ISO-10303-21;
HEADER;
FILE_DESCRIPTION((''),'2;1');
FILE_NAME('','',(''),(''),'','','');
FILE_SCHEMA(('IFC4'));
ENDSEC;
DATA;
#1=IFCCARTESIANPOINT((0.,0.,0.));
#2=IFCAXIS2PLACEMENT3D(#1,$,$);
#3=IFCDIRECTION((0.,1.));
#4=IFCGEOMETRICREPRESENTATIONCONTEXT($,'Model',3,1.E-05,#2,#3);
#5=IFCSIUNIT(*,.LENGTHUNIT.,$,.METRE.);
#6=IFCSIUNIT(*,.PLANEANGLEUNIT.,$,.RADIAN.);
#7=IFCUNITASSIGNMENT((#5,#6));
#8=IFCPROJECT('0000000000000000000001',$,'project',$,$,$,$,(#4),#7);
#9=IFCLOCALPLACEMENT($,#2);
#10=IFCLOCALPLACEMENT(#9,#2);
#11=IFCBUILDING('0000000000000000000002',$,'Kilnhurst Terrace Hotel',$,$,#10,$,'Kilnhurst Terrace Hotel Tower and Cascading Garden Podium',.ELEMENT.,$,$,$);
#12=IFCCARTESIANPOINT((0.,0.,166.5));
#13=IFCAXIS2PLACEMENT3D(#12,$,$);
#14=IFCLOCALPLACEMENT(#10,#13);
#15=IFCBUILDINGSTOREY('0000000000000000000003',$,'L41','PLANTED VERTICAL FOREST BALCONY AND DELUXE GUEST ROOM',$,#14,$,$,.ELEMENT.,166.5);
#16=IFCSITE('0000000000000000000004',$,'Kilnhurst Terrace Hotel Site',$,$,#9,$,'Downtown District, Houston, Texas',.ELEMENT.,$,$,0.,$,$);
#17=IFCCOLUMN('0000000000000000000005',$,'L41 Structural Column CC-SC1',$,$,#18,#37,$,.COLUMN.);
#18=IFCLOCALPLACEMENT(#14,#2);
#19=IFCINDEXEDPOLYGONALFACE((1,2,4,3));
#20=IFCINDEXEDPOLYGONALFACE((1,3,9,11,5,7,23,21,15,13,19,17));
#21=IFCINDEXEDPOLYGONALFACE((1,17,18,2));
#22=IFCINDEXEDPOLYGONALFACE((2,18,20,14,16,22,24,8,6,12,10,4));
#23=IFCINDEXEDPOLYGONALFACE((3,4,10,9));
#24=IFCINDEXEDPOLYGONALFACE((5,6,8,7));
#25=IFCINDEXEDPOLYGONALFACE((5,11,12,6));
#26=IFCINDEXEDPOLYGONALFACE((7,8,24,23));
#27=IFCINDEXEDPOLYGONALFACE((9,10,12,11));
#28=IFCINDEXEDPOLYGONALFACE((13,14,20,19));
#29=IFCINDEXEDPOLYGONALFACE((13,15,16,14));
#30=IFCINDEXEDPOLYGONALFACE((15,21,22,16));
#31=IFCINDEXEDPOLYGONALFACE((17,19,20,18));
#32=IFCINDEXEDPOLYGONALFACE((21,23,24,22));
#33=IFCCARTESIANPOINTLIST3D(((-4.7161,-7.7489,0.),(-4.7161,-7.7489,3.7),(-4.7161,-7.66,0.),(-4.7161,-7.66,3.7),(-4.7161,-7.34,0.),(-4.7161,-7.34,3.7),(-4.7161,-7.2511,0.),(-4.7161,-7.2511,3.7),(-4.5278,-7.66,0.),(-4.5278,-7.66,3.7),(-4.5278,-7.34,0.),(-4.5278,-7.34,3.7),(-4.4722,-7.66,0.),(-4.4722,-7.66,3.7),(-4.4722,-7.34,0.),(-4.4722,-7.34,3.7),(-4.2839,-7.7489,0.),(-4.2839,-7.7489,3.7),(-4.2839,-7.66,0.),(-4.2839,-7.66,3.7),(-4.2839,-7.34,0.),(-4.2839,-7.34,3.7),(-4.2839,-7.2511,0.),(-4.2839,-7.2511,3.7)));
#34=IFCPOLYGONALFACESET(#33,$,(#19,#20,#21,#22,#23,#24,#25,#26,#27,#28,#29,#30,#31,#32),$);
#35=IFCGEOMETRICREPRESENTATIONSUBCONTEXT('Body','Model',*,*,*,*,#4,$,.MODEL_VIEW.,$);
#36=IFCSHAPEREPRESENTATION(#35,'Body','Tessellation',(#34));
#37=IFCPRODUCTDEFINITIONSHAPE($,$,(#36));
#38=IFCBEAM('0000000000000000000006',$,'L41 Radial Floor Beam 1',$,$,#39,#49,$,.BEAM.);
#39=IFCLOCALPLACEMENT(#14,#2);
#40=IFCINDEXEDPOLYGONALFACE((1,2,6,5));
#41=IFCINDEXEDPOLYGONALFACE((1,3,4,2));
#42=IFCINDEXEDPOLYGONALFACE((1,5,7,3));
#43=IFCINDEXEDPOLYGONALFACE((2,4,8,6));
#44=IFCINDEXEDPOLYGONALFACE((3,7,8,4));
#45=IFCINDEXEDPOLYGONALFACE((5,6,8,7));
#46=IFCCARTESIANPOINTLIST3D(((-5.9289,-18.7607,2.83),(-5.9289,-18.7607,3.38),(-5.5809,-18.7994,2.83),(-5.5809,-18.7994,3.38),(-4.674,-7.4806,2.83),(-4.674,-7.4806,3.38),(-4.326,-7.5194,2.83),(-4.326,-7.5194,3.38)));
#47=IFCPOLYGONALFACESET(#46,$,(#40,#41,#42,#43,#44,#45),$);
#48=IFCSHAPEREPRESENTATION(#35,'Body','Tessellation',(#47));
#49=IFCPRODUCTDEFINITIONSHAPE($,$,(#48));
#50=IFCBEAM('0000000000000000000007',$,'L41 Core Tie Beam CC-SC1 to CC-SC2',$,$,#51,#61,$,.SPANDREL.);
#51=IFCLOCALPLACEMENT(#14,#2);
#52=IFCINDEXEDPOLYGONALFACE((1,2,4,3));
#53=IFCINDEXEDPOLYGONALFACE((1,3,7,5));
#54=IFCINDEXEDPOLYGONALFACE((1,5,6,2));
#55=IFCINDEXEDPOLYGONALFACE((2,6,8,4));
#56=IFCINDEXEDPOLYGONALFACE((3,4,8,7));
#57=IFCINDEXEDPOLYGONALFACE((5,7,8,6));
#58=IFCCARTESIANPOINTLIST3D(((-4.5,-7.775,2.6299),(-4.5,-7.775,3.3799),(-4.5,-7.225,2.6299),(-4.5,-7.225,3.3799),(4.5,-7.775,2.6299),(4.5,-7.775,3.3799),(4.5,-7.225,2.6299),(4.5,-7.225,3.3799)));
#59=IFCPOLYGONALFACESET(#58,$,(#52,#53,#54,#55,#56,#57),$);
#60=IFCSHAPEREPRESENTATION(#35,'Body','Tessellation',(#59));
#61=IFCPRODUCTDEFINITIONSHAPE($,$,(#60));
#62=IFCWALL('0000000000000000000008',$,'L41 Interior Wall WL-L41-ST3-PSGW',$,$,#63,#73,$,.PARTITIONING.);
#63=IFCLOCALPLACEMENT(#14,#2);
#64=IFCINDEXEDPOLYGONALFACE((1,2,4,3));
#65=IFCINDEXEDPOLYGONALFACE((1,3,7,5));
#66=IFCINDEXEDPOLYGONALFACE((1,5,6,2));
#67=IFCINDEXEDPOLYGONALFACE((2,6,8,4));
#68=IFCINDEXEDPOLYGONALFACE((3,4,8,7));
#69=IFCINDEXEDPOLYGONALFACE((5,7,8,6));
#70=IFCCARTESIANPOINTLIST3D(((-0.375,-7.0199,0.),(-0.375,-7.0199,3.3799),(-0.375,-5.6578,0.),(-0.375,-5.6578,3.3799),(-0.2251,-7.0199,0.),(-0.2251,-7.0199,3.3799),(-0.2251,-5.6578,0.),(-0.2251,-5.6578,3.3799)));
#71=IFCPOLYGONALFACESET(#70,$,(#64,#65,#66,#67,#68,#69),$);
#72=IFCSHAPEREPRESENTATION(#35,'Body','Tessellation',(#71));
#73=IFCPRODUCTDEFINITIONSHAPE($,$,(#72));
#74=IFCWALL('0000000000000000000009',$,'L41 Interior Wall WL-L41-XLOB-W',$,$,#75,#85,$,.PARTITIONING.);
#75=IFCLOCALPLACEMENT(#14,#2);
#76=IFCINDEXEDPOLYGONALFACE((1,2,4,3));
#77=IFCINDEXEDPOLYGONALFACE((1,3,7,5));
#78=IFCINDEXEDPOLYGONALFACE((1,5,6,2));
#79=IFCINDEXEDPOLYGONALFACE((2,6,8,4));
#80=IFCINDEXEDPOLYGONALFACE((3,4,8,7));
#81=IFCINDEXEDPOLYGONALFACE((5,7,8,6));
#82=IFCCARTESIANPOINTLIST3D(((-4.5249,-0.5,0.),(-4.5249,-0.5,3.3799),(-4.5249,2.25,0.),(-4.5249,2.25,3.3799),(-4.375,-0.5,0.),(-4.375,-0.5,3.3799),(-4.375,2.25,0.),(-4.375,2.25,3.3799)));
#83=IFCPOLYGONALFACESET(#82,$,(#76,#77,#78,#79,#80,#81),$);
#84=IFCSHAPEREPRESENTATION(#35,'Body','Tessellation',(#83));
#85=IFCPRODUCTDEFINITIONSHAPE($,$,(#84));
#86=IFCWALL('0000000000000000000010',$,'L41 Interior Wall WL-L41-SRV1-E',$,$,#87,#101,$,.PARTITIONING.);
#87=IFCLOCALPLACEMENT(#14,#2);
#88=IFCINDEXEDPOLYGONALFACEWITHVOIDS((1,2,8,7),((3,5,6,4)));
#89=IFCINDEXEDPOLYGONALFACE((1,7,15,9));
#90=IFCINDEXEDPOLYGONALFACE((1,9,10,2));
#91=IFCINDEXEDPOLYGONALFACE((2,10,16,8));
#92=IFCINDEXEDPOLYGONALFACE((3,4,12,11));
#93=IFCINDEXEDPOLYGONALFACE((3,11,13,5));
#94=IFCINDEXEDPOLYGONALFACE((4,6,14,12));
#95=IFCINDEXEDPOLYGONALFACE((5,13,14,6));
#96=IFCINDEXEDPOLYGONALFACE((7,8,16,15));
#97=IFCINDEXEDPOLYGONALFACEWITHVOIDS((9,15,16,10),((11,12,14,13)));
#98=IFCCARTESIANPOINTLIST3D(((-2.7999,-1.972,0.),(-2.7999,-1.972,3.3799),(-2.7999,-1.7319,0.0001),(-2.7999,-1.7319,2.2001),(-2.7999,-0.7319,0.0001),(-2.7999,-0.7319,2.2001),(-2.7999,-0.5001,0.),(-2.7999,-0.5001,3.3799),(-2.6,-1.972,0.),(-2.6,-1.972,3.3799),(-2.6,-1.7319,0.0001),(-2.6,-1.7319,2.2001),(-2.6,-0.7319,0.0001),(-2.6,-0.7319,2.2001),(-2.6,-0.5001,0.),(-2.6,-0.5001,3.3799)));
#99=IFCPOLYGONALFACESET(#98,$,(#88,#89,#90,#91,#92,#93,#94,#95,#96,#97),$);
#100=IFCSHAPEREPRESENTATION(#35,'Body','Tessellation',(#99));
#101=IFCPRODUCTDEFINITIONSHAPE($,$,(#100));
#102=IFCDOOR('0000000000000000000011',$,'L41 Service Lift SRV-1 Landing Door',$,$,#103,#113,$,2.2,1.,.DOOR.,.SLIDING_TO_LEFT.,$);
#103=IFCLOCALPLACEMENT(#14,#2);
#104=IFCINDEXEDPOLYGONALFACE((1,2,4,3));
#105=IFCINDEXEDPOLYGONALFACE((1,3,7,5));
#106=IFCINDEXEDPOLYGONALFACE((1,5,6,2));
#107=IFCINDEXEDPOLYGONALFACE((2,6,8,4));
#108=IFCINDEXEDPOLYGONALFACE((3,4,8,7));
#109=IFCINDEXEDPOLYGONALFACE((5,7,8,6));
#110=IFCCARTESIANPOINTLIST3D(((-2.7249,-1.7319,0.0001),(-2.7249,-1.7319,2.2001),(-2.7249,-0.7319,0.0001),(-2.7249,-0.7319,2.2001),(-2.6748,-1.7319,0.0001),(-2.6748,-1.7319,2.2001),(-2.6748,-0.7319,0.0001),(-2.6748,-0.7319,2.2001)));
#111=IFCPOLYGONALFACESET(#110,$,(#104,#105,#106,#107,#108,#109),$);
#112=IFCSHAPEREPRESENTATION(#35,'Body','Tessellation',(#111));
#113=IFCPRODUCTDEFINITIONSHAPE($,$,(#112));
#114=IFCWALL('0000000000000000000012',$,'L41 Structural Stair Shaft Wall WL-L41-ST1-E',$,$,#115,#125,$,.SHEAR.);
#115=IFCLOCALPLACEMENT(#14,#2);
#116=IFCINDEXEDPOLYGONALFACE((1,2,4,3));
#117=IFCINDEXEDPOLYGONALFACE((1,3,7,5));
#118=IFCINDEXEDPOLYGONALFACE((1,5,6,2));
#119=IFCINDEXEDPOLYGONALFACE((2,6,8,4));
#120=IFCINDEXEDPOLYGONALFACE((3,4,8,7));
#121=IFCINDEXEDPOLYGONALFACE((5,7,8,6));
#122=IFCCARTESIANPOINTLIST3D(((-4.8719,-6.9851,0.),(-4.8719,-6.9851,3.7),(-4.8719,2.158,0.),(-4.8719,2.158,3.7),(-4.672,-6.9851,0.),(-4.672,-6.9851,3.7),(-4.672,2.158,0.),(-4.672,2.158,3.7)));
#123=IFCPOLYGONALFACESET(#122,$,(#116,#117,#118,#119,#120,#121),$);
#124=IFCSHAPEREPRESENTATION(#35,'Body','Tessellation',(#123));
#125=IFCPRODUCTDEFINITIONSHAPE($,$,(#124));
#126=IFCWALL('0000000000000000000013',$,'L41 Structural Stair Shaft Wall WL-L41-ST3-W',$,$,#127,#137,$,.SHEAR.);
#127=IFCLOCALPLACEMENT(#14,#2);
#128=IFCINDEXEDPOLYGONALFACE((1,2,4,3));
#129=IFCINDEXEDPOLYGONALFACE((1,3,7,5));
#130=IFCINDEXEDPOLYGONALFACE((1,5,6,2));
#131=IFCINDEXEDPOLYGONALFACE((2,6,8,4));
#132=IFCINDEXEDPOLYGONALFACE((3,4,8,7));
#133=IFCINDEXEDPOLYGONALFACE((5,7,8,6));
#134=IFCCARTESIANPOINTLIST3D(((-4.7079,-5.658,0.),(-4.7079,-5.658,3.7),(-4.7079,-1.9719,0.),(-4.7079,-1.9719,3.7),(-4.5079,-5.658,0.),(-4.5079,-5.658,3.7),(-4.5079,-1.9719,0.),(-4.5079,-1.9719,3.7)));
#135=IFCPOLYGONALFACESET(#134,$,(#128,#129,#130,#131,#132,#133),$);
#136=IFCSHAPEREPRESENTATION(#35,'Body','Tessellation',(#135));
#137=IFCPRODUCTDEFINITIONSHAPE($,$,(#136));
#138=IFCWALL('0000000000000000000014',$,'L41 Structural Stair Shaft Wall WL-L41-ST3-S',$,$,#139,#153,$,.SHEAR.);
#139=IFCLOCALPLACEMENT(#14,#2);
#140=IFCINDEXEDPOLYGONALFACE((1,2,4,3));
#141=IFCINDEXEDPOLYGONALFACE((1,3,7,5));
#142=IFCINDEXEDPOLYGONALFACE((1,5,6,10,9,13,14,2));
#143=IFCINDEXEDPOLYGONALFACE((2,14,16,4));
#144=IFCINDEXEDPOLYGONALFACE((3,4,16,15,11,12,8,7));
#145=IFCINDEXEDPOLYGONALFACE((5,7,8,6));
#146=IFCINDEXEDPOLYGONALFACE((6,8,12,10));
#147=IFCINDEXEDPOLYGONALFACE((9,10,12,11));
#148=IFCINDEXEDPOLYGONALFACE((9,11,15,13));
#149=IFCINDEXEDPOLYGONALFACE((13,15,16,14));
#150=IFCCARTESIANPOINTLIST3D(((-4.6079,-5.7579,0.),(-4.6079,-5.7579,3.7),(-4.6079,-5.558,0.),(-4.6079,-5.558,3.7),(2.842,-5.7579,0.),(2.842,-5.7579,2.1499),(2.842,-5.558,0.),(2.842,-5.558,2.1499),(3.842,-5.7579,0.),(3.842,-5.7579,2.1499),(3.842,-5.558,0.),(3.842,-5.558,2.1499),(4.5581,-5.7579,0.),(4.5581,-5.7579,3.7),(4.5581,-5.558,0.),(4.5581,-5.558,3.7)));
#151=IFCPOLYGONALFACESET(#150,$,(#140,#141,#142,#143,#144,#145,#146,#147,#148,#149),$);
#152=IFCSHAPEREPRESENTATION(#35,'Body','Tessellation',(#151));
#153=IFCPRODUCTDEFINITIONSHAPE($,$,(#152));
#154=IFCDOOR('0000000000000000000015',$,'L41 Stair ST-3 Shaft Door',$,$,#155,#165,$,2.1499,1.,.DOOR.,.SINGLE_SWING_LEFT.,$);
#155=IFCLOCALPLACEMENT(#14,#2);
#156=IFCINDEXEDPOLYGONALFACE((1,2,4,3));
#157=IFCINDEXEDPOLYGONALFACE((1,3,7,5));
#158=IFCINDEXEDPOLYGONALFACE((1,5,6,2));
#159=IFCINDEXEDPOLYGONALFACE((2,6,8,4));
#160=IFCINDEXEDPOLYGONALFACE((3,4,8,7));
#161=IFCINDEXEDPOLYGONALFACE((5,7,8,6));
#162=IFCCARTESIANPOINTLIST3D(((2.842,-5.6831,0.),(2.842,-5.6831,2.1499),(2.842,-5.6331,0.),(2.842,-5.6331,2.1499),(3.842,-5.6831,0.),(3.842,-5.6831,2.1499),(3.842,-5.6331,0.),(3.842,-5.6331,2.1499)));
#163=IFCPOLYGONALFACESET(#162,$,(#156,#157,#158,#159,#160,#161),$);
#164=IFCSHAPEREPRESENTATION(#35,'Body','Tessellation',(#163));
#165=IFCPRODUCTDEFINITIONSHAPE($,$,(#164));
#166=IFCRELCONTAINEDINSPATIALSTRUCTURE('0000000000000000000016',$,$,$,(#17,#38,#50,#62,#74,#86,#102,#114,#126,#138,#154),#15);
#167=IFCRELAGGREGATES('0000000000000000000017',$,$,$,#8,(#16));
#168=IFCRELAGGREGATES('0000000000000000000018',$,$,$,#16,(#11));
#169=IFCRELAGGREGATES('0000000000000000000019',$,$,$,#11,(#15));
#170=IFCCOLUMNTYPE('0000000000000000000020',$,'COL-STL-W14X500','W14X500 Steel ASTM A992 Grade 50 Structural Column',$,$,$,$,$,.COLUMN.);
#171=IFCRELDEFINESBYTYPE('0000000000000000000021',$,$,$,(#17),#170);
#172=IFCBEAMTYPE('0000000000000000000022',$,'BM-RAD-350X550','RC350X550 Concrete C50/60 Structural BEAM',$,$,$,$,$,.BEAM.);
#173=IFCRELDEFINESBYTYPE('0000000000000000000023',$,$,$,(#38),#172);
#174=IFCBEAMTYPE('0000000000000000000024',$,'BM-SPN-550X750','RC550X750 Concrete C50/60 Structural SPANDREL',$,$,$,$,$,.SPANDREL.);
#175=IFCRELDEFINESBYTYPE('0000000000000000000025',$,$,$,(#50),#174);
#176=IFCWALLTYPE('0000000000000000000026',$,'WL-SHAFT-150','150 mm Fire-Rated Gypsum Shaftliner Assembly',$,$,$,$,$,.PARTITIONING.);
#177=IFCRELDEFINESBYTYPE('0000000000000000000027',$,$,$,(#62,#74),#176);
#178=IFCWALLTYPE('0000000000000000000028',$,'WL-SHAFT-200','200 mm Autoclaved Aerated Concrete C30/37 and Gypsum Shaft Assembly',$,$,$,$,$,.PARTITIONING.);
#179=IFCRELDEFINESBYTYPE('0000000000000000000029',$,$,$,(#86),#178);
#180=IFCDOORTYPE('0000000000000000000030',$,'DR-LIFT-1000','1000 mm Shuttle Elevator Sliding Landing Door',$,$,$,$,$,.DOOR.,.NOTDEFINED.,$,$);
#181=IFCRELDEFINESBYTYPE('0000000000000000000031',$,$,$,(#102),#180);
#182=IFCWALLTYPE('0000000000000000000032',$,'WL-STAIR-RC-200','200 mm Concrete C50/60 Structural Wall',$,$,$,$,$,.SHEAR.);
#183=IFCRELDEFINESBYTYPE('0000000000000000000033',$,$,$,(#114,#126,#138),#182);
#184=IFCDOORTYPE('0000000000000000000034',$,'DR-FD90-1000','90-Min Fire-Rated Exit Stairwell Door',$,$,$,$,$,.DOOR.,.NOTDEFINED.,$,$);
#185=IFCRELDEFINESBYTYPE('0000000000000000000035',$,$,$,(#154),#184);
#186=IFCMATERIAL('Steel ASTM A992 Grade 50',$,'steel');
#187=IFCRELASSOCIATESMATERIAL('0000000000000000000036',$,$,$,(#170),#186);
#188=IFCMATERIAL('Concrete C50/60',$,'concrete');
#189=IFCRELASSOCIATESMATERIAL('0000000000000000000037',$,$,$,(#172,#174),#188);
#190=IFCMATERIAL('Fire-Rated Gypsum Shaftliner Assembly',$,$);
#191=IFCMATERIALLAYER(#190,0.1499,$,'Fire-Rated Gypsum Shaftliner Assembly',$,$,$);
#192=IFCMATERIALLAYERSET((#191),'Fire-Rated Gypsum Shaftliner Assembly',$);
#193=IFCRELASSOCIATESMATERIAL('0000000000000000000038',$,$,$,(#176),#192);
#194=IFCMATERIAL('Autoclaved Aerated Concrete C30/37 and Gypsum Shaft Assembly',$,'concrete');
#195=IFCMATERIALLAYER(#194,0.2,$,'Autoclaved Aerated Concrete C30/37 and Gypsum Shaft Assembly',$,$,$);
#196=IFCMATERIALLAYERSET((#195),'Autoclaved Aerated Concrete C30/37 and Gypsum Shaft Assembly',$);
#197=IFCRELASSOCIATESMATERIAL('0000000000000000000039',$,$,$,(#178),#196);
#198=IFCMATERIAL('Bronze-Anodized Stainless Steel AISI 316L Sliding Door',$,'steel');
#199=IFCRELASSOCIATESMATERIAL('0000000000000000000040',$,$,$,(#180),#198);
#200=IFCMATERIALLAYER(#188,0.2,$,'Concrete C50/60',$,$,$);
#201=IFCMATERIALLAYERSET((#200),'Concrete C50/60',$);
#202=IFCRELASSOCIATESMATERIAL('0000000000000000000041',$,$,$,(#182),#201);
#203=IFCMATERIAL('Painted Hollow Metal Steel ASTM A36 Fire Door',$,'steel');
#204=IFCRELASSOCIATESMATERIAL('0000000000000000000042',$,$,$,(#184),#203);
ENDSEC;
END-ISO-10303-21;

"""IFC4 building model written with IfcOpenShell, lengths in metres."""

from ifc_helpers import new_model, si_unit, direction, frame, frame_2d, origin, origin_2d, place, context, subcontext, project, spatial, rectangle, i_section, extrude, material, layer, layer_set, material_profile, profile_set, type_object, element, fill, save


model = new_model("IFC4")

# Units and contexts
model_context = context("Model", 3, precision=1e-05, world=origin(), true_north=direction((0.0, 1.0)))
body_context = subcontext(model_context, "Body", "Model", "MODEL_VIEW")
ifc_project = project(units=[si_unit("LENGTHUNIT", "METRE"), si_unit("PLANEANGLEUNIT", "RADIAN")], contexts=[model_context])

# Site, building, storey
site_placement = place(None, origin())
site = spatial("IfcSite", under=ifc_project, at=site_placement, Name="Kilnhurst Terrace Hotel Site", LongName="Downtown District, Houston, Texas", CompositionType="ELEMENT", RefElevation=0.0)
building_placement = place(site_placement, origin())
building = spatial("IfcBuilding", under=site, at=building_placement, Name="Kilnhurst Terrace Hotel", LongName="Kilnhurst Terrace Hotel Tower and Cascading Garden Podium", CompositionType="ELEMENT")
storey_placement = place(building_placement, frame((0.0, 0.0, 166.5)))
storey = spatial("IfcBuildingStorey", under=building, at=storey_placement, Name="L41", Description="PLANTED VERTICAL FOREST BALCONY AND DELUXE GUEST ROOM", CompositionType="ELEMENT", Elevation=166.5)

# Column
ifc_material_1 = material(Name="Steel ASTM A992 Grade 50", Category="steel")
ifc_material_profile_1 = material_profile(ifc_material_1, i_section(OverallWidth=0.4321, OverallDepth=0.4978, WebThickness=0.0557, FlangeThickness=0.0889, at=origin_2d()), Name="W14X500")
ifc_profile_set_1 = profile_set([ifc_material_profile_1], Name="Steel ASTM A992 Grade 50")
column_type = type_object("IfcColumnType", Name="COL-STL-W14X500", Description="W14X500 Steel ASTM A992 Grade 50 Structural Column", PredefinedType="COLUMN", material=ifc_profile_set_1)
column_placement = place(storey_placement, frame((-4.5, -7.5, 0.0), z_axis=(0.0, 0.0, 1.0), x_axis=(1.0, 0.0, 0.0)))
element("IfcColumn", 1, at=column_placement, inside=storey, type_object=column_type, Name="L41 Structural Column CC-SC1", PredefinedType="COLUMN", context=body_context, shape_type="SweptSolid", body=[
    extrude(i_section(OverallWidth=0.4321, OverallDepth=0.4978, WebThickness=0.0557, FlangeThickness=0.0889, at=origin_2d()), origin(), (0.0, 0.0, 1.0), 3.7),
])

# Beams
ifc_material_2 = material(Name="Concrete C50/60", Category="concrete")
ifc_material_profile_2 = material_profile(ifc_material_2, rectangle(XDim=0.3501, YDim=0.55, at=origin_2d()), Name="RC350X550")
ifc_profile_set_2 = profile_set([ifc_material_profile_2], Name="Concrete C50/60")
beam_type_1 = type_object("IfcBeamType", Name="BM-RAD-350X550", Description="RC350X550 Concrete C50/60 Structural BEAM", PredefinedType="BEAM", material=ifc_profile_set_2)
beam_1_placement = place(storey_placement, frame((-4.5, -7.5, 3.105), z_axis=(-0.110566, -0.993869, 0.0), x_axis=(0.993869, -0.110566, 0.0)))
element("IfcBeam", 2, at=beam_1_placement, inside=storey, type_object=beam_type_1, Name="L41 Radial Floor Beam 1", PredefinedType="BEAM", context=body_context, shape_type="SweptSolid", body=[
    extrude(rectangle(XDim=0.3501, YDim=0.55, at=origin_2d()), origin(), (0.0, 0.0, 1.0), 11.3496),
])
ifc_material_profile_3 = material_profile(ifc_material_2, rectangle(XDim=0.55, YDim=0.75, at=origin_2d()), Name="RC550X750")
ifc_profile_set_3 = profile_set([ifc_material_profile_3], Name="Concrete C50/60")
beam_type_2 = type_object("IfcBeamType", Name="BM-SPN-550X750", Description="RC550X750 Concrete C50/60 Structural SPANDREL", PredefinedType="SPANDREL", material=ifc_profile_set_3)
beam_2_placement = place(storey_placement, frame((-4.5, -7.5, 3.0049), z_axis=(1.0, 0.0, 0.0), x_axis=(0.0, 1.0, 0.0)))
element("IfcBeam", 3, at=beam_2_placement, inside=storey, type_object=beam_type_2, Name="L41 Core Tie Beam CC-SC1 to CC-SC2", PredefinedType="SPANDREL", context=body_context, shape_type="SweptSolid", body=[
    extrude(rectangle(XDim=0.55, YDim=0.75, at=origin_2d()), origin(), (0.0, 0.0, 1.0), 9.0),
])

# Walls
ifc_material_3 = material(Name="Fire-Rated Gypsum Shaftliner Assembly")
ifc_layer_1 = layer(ifc_material_3, 0.1499, Name="Fire-Rated Gypsum Shaftliner Assembly")
ifc_layer_set_1 = layer_set([ifc_layer_1], Name="Fire-Rated Gypsum Shaftliner Assembly")
wall_type_1 = type_object("IfcWallType", Name="WL-SHAFT-150", Description="150 mm Fire-Rated Gypsum Shaftliner Assembly", PredefinedType="PARTITIONING", material=ifc_layer_set_1)
wall_1_placement = place(storey_placement, frame((-0.3, -7.02, 0.0), z_axis=(0.0, 0.0, 1.0), x_axis=(0.0, 1.0, 0.0)))
element("IfcWall", 4, at=wall_1_placement, inside=storey, type_object=wall_type_1, Name="L41 Interior Wall WL-L41-ST3-PSGW", PredefinedType="PARTITIONING", context=body_context, shape_type="SweptSolid", body=[
    extrude(rectangle(XDim=1.3621, YDim=0.1499, at=frame_2d((0.6812, 0.0))), origin(), (0.0, 0.0, 1.0), 3.3799),
])
wall_2_placement = place(storey_placement, frame((-4.45, -0.5, 0.0), z_axis=(0.0, 0.0, 1.0), x_axis=(0.0, 1.0, 0.0)))
element("IfcWall", 5, at=wall_2_placement, inside=storey, type_object=wall_type_1, Name="L41 Interior Wall WL-L41-XLOB-W", PredefinedType="PARTITIONING", context=body_context, shape_type="SweptSolid", body=[
    extrude(rectangle(XDim=2.75, YDim=0.1499, at=frame_2d((1.375, 0.0))), origin(), (0.0, 0.0, 1.0), 3.3799),
])

# Wall, opening, door
ifc_material_4 = material(Name="Autoclaved Aerated Concrete C30/37 and Gypsum Shaft Assembly", Category="concrete")
ifc_layer_2 = layer(ifc_material_4, 0.2, Name="Autoclaved Aerated Concrete C30/37 and Gypsum Shaft Assembly")
ifc_layer_set_2 = layer_set([ifc_layer_2], Name="Autoclaved Aerated Concrete C30/37 and Gypsum Shaft Assembly")
wall_type_2 = type_object("IfcWallType", Name="WL-SHAFT-200", Description="200 mm Autoclaved Aerated Concrete C30/37 and Gypsum Shaft Assembly", PredefinedType="PARTITIONING", material=ifc_layer_set_2)
wall_3_placement = place(storey_placement, frame((-2.7, -1.9719, 0.0), z_axis=(0.0, 0.0, 1.0), x_axis=(0.0, 1.0, 0.0)))
wall_3 = element("IfcWall", 6, at=wall_3_placement, inside=storey, type_object=wall_type_2, Name="L41 Interior Wall WL-L41-SRV1-E", PredefinedType="PARTITIONING", context=body_context, shape_type="SweptSolid", body=[
    extrude(rectangle(XDim=1.4719, YDim=0.2, at=frame_2d((0.7358, 0.0))), origin(), (0.0, 0.0, 1.0), 3.3799),
])
opening_1_placement = place(wall_3_placement, frame((0.24, 0.0, 0.0)))
opening_1 = element("IfcOpeningElement", 7, at=opening_1_placement, cuts=wall_3, PredefinedType="OPENING", context=body_context, shape_type="SweptSolid", body=[
    extrude(rectangle(XDim=1.0, YDim=2.2, at=frame_2d((0.5, 1.1001))), frame((0.0, 0.1099, 0.0), z_axis=(0.0, -1.0, 0.0), x_axis=(1.0, 0.0, 0.0)), (0.0, 0.0, 1.0), 0.22),
])
ifc_material_5 = material(Name="Bronze-Anodized Stainless Steel AISI 316L Sliding Door", Category="steel")
door_type_1 = type_object("IfcDoorType", Name="DR-LIFT-1000", Description="1000 mm Shuttle Elevator Sliding Landing Door", OperationType="NOTDEFINED", PredefinedType="DOOR", material=ifc_material_5)
door_1_placement = place(opening_1_placement, origin())
door_1 = element("IfcDoor", 8, at=door_1_placement, inside=storey, type_object=door_type_1, Name="L41 Service Lift SRV-1 Landing Door", OperationType="SLIDING_TO_LEFT", OverallHeight=2.2, OverallWidth=1.0, PredefinedType="DOOR", context=body_context, shape_type="SweptSolid", body=[
    extrude(rectangle(XDim=1.0, YDim=2.2, at=frame_2d((0.5, 1.1001))), frame((0.0, 0.0249, 0.0), z_axis=(0.0, -1.0, 0.0), x_axis=(1.0, 0.0, 0.0)), (0.0, 0.0, 1.0), 0.05),
])
fill(opening_1, door_1)

# Walls
ifc_layer_3 = layer(ifc_material_2, 0.2, Name="Concrete C50/60")
ifc_layer_set_3 = layer_set([ifc_layer_3], Name="Concrete C50/60")
wall_type_3 = type_object("IfcWallType", Name="WL-STAIR-RC-200", Description="200 mm Concrete C50/60 Structural Wall", PredefinedType="SHEAR", material=ifc_layer_set_3)
wall_4_placement = place(storey_placement, frame((-4.772, -6.9851, 0.0), z_axis=(0.0, 0.0, 1.0), x_axis=(0.0, 1.0, 0.0)))
element("IfcWall", 9, at=wall_4_placement, inside=storey, type_object=wall_type_3, Name="L41 Structural Stair Shaft Wall WL-L41-ST1-E", PredefinedType="SHEAR", context=body_context, shape_type="SweptSolid", body=[
    extrude(rectangle(XDim=9.1431, YDim=0.2, at=frame_2d((4.5715, 0.0))), origin(), (0.0, 0.0, 1.0), 3.7),
])
wall_5_placement = place(storey_placement, frame((-4.6079, -5.658, 0.0), z_axis=(0.0, 0.0, 1.0), x_axis=(0.0, 1.0, 0.0)))
element("IfcWall", 10, at=wall_5_placement, inside=storey, type_object=wall_type_3, Name="L41 Structural Stair Shaft Wall WL-L41-ST3-W", PredefinedType="SHEAR", context=body_context, shape_type="SweptSolid", body=[
    extrude(rectangle(XDim=3.686, YDim=0.2, at=frame_2d((1.843, 0.0))), origin(), (0.0, 0.0, 1.0), 3.7),
])

# Wall, opening, door
wall_6_placement = place(storey_placement, frame((-4.6079, -5.658, 0.0), z_axis=(0.0, 0.0, 1.0), x_axis=(1.0, 0.0, 0.0)))
wall_6 = element("IfcWall", 11, at=wall_6_placement, inside=storey, type_object=wall_type_3, Name="L41 Structural Stair Shaft Wall WL-L41-ST3-S", PredefinedType="SHEAR", context=body_context, shape_type="SweptSolid", body=[
    extrude(rectangle(XDim=9.166, YDim=0.2, at=frame_2d((4.583, 0.0))), origin(), (0.0, 0.0, 1.0), 3.7),
])
opening_2_placement = place(wall_6_placement, frame((7.45, 0.0, 0.0)))
opening_2 = element("IfcOpeningElement", 12, at=opening_2_placement, cuts=wall_6, PredefinedType="OPENING", context=body_context, shape_type="SweptSolid", body=[
    extrude(rectangle(XDim=1.0, YDim=2.1499, at=frame_2d((0.5, 1.075))), frame((0.0, 0.1099, 0.0), z_axis=(0.0, -1.0, 0.0), x_axis=(1.0, 0.0, 0.0)), (0.0, 0.0, 1.0), 0.22),
])
ifc_material_6 = material(Name="Painted Hollow Metal Steel ASTM A36 Fire Door", Category="steel")
door_type_2 = type_object("IfcDoorType", Name="DR-FD90-1000", Description="90-Min Fire-Rated Exit Stairwell Door", OperationType="NOTDEFINED", PredefinedType="DOOR", material=ifc_material_6)
door_2_placement = place(opening_2_placement, origin())
door_2 = element("IfcDoor", 13, at=door_2_placement, inside=storey, type_object=door_type_2, Name="L41 Stair ST-3 Shaft Door", OperationType="SINGLE_SWING_LEFT", OverallHeight=2.1499, OverallWidth=1.0, PredefinedType="DOOR", context=body_context, shape_type="SweptSolid", body=[
    extrude(rectangle(XDim=1.0, YDim=2.1499, at=frame_2d((0.5, 1.075))), frame((0.0, 0.0249, 0.0), z_axis=(0.0, -1.0, 0.0), x_axis=(1.0, 0.0, 0.0)), (0.0, 0.0, 1.0), 0.05),
])
fill(opening_2, door_2)

save(model, "model.ifc")
